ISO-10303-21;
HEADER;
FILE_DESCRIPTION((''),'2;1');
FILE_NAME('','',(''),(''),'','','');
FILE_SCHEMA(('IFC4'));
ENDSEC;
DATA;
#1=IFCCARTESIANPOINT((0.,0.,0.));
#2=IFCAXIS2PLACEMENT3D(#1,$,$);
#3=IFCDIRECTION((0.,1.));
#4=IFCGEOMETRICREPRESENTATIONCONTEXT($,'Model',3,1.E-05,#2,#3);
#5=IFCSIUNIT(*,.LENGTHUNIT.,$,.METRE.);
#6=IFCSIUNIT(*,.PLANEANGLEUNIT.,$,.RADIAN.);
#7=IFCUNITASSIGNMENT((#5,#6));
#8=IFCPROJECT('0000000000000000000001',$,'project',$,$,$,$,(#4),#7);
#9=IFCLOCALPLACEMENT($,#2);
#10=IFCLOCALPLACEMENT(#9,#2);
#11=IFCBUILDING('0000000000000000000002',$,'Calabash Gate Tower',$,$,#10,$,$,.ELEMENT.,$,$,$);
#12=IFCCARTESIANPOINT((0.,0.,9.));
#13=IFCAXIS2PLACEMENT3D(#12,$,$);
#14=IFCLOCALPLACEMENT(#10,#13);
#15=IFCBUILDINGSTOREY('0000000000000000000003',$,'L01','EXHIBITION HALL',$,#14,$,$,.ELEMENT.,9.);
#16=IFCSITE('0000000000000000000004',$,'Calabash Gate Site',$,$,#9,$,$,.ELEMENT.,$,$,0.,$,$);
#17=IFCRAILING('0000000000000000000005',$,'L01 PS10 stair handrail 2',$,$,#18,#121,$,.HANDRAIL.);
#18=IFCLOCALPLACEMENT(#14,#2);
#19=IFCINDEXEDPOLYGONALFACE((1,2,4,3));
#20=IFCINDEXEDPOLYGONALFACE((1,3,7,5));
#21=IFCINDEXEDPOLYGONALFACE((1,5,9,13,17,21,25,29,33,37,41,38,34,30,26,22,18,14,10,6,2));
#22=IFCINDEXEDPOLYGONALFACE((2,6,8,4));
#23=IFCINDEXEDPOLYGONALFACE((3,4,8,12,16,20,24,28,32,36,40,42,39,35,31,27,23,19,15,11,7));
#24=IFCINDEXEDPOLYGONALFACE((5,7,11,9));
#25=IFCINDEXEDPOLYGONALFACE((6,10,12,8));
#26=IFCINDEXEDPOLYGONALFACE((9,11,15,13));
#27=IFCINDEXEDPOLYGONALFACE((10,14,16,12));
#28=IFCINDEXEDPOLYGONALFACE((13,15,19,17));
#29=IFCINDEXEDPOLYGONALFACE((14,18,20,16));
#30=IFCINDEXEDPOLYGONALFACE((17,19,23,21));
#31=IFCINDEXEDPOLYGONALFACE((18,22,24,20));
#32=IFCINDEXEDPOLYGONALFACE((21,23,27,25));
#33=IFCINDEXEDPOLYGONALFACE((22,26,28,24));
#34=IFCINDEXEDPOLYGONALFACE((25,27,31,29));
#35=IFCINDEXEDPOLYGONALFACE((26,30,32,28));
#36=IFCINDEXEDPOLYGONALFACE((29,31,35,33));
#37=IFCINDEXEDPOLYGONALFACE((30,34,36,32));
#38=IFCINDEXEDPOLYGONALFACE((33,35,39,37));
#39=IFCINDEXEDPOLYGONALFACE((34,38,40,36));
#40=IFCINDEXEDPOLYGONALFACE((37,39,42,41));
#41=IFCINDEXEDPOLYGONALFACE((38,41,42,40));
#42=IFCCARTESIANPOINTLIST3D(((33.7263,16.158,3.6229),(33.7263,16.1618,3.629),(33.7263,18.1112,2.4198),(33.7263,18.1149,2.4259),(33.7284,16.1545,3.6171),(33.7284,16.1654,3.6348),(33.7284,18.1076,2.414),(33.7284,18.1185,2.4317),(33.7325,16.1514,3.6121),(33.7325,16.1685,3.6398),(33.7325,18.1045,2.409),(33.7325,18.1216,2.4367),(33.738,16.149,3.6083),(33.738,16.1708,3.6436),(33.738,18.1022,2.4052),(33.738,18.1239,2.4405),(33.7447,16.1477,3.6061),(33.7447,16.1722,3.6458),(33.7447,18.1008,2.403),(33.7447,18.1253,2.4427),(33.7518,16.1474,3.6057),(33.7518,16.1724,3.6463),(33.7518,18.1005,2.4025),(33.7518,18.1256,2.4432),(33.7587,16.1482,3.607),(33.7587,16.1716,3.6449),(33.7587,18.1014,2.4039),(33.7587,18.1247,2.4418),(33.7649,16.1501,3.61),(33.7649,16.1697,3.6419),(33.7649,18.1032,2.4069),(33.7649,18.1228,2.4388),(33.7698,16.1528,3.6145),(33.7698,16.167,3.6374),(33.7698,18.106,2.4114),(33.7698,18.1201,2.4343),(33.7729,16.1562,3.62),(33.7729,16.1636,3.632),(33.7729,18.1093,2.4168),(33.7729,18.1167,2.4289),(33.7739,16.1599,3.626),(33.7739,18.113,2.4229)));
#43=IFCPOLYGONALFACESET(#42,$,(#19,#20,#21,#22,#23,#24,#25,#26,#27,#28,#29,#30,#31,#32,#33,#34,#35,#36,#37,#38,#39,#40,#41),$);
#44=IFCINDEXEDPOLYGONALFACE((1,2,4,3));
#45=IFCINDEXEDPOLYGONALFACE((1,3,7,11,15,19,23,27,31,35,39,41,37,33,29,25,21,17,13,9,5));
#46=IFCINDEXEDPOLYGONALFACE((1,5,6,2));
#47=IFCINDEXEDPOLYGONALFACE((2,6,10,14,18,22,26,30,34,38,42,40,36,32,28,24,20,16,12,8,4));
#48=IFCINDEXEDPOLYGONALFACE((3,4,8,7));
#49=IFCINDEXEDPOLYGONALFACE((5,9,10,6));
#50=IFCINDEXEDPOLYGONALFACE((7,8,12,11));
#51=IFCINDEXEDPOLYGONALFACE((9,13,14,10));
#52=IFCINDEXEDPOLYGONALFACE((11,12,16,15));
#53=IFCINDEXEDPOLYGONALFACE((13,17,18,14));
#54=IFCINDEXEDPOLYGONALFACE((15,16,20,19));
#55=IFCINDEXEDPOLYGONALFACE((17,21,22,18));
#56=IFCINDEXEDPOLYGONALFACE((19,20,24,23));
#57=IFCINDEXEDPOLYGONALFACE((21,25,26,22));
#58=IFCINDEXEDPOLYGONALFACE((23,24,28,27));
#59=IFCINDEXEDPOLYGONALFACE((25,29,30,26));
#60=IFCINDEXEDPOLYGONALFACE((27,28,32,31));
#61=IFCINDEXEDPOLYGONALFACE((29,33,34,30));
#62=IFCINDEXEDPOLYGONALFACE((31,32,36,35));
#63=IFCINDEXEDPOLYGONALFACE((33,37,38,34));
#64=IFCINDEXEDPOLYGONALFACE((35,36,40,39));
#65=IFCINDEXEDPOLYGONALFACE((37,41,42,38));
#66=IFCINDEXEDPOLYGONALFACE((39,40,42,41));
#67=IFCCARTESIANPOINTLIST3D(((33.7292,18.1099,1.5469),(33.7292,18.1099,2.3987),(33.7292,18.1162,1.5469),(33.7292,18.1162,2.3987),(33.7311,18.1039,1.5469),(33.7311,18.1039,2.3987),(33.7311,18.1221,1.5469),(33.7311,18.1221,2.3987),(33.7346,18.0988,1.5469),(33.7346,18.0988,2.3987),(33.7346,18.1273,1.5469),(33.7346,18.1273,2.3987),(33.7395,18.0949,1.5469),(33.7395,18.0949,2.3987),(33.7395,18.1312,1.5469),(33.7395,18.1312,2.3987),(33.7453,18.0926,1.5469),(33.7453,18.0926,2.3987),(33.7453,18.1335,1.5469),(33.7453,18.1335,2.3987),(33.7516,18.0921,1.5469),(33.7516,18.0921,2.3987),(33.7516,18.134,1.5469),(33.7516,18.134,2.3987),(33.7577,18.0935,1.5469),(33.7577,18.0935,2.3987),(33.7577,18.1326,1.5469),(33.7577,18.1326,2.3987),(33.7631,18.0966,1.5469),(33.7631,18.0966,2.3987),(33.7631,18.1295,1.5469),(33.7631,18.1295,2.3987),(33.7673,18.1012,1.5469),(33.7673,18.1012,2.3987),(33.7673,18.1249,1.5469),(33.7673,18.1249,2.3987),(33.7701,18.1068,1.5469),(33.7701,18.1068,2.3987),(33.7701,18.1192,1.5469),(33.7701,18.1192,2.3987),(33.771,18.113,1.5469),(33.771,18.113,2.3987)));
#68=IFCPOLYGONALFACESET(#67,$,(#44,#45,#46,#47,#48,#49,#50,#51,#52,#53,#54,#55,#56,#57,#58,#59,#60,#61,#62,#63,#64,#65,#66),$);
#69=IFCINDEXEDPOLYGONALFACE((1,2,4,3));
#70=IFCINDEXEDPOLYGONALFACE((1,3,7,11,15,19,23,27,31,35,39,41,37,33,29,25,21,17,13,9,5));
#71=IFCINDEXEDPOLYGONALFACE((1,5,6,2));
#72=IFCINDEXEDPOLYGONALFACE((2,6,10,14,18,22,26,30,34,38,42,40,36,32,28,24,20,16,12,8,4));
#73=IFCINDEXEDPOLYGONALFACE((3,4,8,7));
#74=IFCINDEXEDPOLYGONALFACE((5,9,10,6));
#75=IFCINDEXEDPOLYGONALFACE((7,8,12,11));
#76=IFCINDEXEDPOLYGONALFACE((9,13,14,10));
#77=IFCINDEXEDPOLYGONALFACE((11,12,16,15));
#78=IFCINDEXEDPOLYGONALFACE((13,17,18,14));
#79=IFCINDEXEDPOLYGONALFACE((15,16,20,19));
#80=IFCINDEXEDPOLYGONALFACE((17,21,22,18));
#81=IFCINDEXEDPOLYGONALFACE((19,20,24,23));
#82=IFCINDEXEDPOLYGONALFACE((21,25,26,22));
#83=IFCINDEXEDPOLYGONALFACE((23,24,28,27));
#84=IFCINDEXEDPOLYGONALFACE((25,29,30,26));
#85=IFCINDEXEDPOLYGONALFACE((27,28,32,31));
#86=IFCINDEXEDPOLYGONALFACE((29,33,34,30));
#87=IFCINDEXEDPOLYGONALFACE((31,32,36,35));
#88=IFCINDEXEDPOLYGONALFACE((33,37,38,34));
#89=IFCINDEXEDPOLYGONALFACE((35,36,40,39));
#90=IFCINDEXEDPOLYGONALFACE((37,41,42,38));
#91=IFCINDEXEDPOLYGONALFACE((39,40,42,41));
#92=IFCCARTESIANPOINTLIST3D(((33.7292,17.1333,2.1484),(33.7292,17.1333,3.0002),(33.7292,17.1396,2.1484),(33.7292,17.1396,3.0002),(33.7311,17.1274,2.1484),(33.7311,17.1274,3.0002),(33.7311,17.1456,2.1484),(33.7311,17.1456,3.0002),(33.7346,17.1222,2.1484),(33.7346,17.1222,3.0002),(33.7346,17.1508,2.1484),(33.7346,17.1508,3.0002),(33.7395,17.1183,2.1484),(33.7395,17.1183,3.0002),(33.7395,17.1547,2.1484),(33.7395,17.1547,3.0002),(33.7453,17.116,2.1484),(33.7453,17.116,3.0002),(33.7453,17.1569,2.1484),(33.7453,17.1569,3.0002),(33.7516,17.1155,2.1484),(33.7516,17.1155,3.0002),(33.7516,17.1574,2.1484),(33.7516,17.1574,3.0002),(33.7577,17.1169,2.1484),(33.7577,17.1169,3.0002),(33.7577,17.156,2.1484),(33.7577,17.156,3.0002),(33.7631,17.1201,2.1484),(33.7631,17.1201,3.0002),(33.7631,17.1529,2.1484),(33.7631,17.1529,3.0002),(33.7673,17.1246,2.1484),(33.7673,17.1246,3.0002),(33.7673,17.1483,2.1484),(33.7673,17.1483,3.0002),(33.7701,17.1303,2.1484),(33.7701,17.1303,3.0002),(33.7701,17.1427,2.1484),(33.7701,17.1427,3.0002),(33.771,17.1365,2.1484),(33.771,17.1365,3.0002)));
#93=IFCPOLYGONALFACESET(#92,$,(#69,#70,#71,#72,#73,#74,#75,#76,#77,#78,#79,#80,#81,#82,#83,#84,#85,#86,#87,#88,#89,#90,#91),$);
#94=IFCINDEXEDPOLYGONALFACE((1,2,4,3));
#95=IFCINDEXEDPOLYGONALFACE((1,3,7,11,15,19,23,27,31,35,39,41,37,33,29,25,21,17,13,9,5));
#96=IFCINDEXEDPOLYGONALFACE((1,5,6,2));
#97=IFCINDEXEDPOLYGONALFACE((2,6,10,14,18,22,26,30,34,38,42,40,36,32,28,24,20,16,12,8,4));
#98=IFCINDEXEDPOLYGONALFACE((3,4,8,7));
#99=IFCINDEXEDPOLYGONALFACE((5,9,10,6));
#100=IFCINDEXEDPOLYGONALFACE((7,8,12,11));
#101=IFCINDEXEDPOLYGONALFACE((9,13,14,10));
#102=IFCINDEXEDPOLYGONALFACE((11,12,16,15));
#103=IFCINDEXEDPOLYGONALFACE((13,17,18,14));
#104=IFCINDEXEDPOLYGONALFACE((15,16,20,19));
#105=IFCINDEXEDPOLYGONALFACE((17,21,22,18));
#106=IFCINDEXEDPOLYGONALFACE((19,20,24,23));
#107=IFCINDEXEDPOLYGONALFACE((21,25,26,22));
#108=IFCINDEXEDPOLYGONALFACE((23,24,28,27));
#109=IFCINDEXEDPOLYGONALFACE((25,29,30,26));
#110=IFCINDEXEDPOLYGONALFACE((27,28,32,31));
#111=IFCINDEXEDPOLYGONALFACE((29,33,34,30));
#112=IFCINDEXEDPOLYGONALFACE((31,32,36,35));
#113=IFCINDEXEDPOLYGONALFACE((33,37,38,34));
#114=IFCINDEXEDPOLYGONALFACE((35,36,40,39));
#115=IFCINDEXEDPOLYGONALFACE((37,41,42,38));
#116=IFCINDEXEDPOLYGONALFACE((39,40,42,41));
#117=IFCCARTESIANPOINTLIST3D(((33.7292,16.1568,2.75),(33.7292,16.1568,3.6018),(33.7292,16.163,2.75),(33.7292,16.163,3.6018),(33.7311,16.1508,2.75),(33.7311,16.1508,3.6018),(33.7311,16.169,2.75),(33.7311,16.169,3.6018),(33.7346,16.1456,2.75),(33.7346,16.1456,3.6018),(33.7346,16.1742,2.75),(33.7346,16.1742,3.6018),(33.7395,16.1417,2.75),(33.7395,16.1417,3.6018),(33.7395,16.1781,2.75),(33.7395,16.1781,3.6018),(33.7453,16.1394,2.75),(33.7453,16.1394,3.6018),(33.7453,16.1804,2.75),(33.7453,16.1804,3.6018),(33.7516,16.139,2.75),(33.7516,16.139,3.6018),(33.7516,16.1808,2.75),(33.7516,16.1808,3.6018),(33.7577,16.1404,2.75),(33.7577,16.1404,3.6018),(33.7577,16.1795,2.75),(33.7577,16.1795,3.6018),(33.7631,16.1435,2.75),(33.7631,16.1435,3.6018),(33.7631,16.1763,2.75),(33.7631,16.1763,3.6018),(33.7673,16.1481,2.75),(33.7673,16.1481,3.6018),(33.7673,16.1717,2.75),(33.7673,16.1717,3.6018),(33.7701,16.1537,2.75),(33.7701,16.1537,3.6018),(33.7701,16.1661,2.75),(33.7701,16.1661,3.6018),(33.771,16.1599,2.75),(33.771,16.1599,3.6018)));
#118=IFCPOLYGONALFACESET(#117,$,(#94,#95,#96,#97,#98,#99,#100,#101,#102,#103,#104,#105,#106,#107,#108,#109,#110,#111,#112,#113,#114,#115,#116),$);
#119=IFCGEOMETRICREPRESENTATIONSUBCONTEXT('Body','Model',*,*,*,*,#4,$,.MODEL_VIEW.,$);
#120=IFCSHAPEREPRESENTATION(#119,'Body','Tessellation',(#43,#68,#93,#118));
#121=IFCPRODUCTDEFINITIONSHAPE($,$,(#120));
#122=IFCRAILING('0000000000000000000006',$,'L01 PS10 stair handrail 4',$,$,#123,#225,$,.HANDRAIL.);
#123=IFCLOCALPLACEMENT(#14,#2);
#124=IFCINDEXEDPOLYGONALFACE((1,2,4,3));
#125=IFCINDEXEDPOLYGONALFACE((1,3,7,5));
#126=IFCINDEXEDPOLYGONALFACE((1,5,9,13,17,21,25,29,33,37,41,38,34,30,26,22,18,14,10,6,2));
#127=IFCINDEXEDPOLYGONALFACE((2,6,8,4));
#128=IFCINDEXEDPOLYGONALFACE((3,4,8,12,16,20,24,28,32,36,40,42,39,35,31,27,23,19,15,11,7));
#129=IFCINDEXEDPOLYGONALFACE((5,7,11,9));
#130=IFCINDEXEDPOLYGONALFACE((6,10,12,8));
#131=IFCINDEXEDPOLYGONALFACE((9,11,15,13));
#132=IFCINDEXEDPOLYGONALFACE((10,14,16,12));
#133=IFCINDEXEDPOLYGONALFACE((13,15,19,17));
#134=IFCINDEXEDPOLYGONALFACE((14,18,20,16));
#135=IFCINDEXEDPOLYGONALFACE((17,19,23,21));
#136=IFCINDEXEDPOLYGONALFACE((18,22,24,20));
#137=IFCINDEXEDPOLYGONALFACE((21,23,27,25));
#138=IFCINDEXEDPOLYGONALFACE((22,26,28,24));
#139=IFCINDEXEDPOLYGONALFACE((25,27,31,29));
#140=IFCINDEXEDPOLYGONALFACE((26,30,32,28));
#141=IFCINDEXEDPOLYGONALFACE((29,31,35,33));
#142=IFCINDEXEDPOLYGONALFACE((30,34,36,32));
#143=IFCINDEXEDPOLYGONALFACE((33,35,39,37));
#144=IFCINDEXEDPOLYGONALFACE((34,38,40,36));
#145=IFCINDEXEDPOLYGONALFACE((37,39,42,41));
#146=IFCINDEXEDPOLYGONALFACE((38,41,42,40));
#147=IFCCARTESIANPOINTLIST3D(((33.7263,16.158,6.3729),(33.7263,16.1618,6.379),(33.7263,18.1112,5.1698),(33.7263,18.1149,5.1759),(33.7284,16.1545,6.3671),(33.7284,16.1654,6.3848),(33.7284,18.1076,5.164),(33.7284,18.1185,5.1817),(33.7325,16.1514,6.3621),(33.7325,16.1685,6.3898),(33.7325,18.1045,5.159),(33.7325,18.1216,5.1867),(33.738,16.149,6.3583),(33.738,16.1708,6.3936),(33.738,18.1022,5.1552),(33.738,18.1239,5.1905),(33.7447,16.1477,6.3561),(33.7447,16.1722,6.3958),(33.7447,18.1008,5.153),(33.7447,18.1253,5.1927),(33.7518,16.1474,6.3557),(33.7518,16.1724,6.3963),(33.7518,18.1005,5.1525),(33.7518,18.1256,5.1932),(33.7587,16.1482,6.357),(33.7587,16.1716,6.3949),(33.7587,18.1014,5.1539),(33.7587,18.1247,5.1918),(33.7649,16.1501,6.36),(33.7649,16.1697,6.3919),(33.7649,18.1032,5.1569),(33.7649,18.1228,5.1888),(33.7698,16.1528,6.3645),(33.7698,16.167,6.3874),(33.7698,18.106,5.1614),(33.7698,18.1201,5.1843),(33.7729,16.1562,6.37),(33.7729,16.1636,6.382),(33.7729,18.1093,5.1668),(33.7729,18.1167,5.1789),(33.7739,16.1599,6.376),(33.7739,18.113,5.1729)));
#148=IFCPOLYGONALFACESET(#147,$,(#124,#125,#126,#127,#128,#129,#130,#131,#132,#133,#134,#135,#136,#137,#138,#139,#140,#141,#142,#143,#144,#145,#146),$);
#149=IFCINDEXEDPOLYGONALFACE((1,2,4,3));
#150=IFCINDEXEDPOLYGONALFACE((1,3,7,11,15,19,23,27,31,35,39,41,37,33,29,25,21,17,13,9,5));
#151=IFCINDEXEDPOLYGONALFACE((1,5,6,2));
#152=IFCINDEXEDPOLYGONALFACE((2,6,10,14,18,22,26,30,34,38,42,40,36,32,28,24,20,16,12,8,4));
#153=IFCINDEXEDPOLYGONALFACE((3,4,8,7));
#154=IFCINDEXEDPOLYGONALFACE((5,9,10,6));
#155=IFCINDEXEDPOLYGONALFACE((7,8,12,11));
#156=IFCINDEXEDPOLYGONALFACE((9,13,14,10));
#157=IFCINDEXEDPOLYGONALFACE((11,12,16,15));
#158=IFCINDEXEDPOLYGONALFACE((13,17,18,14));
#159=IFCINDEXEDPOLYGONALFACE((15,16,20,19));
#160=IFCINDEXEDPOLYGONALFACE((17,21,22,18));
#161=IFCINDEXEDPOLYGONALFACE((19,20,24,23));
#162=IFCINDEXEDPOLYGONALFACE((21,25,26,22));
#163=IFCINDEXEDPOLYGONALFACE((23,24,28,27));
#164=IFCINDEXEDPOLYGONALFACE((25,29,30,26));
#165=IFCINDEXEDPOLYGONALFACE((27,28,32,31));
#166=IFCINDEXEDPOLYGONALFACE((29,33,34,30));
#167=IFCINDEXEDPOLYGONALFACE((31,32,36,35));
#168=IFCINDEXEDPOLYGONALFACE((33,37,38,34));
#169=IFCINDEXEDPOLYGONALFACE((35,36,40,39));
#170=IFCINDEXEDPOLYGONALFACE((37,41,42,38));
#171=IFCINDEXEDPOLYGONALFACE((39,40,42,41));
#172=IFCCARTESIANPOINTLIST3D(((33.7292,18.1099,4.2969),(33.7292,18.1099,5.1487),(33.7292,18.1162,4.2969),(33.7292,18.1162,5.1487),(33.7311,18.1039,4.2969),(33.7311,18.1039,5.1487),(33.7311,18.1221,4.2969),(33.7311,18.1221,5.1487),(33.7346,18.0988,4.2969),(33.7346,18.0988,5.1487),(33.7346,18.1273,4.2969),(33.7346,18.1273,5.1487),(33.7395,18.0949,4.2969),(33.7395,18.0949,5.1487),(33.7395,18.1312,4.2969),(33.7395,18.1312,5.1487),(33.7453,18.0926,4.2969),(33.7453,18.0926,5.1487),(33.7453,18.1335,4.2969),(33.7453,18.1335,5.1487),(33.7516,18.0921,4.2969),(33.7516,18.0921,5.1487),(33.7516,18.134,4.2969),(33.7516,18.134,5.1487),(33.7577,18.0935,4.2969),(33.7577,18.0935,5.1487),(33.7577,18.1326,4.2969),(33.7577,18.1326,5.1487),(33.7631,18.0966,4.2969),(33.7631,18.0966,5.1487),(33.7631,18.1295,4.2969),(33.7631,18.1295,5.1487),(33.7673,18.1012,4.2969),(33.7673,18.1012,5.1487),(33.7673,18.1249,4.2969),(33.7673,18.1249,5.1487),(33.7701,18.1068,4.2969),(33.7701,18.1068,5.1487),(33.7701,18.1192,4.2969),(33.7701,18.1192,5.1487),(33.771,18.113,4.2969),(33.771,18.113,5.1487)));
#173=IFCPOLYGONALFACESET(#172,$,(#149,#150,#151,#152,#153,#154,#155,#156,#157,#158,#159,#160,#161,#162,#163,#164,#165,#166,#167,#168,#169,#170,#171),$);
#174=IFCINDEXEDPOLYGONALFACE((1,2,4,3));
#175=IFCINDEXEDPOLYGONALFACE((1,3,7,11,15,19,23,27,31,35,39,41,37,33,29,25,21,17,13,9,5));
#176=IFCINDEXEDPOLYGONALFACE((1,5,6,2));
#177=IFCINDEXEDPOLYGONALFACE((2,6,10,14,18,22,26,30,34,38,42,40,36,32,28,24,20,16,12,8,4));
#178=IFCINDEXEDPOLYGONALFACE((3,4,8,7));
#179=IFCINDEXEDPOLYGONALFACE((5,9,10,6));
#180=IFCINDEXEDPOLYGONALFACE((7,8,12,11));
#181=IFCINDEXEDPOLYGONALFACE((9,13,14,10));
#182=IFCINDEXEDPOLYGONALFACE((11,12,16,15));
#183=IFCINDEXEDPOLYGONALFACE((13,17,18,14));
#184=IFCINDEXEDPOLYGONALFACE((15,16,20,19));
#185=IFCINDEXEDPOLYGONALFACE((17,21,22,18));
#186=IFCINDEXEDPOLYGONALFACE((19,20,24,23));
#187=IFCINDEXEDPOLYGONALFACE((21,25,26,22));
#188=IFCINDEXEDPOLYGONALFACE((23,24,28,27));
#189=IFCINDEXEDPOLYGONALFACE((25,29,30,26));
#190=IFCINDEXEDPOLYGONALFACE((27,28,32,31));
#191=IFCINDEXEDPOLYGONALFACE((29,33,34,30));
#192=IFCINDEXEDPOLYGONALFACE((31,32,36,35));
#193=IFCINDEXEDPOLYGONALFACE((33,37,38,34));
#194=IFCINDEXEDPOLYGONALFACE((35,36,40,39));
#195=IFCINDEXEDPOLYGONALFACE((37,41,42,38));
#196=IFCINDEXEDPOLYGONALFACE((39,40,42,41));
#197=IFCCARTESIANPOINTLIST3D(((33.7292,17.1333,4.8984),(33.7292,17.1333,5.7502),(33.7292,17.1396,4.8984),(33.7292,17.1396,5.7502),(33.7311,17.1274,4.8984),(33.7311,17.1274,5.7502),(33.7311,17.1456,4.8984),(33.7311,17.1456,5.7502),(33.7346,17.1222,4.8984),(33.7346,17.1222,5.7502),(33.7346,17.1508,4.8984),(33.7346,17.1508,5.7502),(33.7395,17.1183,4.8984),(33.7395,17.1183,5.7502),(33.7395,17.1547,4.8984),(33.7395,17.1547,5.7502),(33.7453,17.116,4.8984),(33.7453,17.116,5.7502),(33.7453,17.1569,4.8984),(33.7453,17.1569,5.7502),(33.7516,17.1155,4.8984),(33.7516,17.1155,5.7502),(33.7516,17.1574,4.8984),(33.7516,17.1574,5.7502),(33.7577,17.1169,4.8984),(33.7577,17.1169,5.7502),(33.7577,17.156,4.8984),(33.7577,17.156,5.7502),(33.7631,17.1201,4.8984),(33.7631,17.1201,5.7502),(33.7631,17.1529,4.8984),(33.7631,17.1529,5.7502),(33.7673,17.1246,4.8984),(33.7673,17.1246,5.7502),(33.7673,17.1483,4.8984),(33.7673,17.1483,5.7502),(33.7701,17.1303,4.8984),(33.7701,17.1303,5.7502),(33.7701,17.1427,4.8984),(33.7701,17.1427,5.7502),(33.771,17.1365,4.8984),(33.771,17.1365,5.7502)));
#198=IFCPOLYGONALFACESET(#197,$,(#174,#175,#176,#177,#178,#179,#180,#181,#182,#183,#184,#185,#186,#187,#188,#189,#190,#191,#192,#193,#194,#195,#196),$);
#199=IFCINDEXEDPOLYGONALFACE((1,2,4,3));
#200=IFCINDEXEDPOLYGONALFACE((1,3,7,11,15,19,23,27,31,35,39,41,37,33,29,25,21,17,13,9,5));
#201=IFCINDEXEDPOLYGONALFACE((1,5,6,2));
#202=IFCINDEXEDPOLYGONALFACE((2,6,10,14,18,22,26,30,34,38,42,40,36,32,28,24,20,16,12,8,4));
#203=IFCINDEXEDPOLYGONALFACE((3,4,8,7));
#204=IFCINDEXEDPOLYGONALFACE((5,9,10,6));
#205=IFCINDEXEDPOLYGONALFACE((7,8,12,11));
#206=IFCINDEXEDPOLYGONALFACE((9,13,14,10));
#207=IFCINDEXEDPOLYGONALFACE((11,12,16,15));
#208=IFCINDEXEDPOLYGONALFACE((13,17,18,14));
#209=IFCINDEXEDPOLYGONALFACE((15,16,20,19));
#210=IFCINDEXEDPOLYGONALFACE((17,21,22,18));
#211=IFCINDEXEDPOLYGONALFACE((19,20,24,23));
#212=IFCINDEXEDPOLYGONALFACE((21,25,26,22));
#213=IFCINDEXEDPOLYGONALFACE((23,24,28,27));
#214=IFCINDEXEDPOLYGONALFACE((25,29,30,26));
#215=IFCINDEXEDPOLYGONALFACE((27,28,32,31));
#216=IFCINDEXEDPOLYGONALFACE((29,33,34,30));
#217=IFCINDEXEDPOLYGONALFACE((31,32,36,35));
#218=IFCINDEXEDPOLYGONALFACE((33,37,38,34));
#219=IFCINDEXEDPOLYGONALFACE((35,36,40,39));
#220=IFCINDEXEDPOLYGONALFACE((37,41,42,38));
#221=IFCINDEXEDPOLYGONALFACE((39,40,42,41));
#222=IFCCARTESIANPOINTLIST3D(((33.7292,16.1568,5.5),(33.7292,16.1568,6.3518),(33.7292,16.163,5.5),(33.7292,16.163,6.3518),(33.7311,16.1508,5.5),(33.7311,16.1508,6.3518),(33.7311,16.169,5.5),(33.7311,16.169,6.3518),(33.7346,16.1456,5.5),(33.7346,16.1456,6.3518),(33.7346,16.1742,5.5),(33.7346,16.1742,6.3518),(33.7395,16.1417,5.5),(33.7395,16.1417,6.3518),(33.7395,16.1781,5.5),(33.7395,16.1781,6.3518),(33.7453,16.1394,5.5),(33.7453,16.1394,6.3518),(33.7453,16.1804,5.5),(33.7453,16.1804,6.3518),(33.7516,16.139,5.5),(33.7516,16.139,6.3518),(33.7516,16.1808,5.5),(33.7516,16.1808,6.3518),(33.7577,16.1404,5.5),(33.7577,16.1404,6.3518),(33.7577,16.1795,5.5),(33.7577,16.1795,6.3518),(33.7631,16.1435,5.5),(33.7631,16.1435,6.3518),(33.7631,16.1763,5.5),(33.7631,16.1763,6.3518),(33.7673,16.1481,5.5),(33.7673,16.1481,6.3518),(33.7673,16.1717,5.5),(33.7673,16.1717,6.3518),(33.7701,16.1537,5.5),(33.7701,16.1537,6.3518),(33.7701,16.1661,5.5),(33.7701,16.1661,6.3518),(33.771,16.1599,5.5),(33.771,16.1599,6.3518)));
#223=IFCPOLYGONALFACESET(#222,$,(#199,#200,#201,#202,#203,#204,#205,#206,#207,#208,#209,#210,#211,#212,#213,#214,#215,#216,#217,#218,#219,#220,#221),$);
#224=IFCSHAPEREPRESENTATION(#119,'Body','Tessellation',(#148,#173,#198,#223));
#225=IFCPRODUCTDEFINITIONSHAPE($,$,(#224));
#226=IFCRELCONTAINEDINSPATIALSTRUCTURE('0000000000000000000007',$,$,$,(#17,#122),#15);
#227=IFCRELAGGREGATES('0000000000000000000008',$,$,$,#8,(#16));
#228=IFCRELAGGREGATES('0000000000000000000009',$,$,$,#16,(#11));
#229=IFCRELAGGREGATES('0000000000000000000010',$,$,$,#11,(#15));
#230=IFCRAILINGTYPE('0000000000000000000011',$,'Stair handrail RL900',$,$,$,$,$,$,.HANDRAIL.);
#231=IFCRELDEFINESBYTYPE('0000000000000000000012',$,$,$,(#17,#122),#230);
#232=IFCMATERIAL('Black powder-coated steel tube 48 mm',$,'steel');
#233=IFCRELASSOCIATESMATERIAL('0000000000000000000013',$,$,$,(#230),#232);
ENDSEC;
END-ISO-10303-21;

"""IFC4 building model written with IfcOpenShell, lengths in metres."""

from ifc_helpers import new_model, si_unit, direction, frame, origin, origin_2d, place, context, subcontext, project, spatial, circle, extrude, material, type_object, element, save


model = new_model("IFC4")

# Units and contexts
model_context = context("Model", 3, precision=1e-05, world=origin(), true_north=direction((0.0, 1.0)))
body_context = subcontext(model_context, "Body", "Model", "MODEL_VIEW")
ifc_project = project(units=[si_unit("LENGTHUNIT", "METRE"), si_unit("PLANEANGLEUNIT", "RADIAN")], contexts=[model_context])

# Site, building, storey
site_placement = place(None, origin())
site = spatial("IfcSite", under=ifc_project, at=site_placement, Name="Calabash Gate Site", CompositionType="ELEMENT", RefElevation=0.0)
building_placement = place(site_placement, origin())
building = spatial("IfcBuilding", under=site, at=building_placement, Name="Calabash Gate Tower", CompositionType="ELEMENT")
storey_placement = place(building_placement, frame((0.0, 0.0, 9.0)))
storey = spatial("IfcBuildingStorey", under=building, at=storey_placement, Name="L01", Description="EXHIBITION HALL", CompositionType="ELEMENT", Elevation=9.0)

# Railings
ifc_material_1 = material(Name="Black powder-coated steel tube 48 mm", Category="steel")
railing_type_1 = type_object("IfcRailingType", Name="Stair handrail RL900", PredefinedType="HANDRAIL", material=ifc_material_1)
for number, where, name in (
    (1, (33.75, 18.113, 1.5469), "L01 PS10 stair handrail 2"),
    (2, (33.75, 18.113, 4.2969), "L01 PS10 stair handrail 4"),
):
    element("IfcRailing", number, at=place(storey_placement, frame(where)), inside=storey, type_object=railing_type_1, Name=name, PredefinedType="HANDRAIL", context=body_context, shape_type="SweptSolid", body=[
        extrude(circle(Radius=0.0239, at=origin_2d()), frame((0.0, 0.0, 0.876), z_axis=(0.0, -0.851424, 0.524477), x_axis=(1.0, 0.0, 0.0)), (0.0, 0.0, 1.0), 2.2939),
        extrude(circle(Radius=0.021, at=origin_2d()), origin(), (0.0, 0.0, 1.0), 0.8518),
        extrude(circle(Radius=0.021, at=origin_2d()), frame((0.0, -0.9766, 0.6016)), (0.0, 0.0, 1.0), 0.8518),
        extrude(circle(Radius=0.021, at=origin_2d()), frame((0.0, -1.9531, 1.2031)), (0.0, 0.0, 1.0), 0.8518),
    ])

save(model, "model.ifc")
